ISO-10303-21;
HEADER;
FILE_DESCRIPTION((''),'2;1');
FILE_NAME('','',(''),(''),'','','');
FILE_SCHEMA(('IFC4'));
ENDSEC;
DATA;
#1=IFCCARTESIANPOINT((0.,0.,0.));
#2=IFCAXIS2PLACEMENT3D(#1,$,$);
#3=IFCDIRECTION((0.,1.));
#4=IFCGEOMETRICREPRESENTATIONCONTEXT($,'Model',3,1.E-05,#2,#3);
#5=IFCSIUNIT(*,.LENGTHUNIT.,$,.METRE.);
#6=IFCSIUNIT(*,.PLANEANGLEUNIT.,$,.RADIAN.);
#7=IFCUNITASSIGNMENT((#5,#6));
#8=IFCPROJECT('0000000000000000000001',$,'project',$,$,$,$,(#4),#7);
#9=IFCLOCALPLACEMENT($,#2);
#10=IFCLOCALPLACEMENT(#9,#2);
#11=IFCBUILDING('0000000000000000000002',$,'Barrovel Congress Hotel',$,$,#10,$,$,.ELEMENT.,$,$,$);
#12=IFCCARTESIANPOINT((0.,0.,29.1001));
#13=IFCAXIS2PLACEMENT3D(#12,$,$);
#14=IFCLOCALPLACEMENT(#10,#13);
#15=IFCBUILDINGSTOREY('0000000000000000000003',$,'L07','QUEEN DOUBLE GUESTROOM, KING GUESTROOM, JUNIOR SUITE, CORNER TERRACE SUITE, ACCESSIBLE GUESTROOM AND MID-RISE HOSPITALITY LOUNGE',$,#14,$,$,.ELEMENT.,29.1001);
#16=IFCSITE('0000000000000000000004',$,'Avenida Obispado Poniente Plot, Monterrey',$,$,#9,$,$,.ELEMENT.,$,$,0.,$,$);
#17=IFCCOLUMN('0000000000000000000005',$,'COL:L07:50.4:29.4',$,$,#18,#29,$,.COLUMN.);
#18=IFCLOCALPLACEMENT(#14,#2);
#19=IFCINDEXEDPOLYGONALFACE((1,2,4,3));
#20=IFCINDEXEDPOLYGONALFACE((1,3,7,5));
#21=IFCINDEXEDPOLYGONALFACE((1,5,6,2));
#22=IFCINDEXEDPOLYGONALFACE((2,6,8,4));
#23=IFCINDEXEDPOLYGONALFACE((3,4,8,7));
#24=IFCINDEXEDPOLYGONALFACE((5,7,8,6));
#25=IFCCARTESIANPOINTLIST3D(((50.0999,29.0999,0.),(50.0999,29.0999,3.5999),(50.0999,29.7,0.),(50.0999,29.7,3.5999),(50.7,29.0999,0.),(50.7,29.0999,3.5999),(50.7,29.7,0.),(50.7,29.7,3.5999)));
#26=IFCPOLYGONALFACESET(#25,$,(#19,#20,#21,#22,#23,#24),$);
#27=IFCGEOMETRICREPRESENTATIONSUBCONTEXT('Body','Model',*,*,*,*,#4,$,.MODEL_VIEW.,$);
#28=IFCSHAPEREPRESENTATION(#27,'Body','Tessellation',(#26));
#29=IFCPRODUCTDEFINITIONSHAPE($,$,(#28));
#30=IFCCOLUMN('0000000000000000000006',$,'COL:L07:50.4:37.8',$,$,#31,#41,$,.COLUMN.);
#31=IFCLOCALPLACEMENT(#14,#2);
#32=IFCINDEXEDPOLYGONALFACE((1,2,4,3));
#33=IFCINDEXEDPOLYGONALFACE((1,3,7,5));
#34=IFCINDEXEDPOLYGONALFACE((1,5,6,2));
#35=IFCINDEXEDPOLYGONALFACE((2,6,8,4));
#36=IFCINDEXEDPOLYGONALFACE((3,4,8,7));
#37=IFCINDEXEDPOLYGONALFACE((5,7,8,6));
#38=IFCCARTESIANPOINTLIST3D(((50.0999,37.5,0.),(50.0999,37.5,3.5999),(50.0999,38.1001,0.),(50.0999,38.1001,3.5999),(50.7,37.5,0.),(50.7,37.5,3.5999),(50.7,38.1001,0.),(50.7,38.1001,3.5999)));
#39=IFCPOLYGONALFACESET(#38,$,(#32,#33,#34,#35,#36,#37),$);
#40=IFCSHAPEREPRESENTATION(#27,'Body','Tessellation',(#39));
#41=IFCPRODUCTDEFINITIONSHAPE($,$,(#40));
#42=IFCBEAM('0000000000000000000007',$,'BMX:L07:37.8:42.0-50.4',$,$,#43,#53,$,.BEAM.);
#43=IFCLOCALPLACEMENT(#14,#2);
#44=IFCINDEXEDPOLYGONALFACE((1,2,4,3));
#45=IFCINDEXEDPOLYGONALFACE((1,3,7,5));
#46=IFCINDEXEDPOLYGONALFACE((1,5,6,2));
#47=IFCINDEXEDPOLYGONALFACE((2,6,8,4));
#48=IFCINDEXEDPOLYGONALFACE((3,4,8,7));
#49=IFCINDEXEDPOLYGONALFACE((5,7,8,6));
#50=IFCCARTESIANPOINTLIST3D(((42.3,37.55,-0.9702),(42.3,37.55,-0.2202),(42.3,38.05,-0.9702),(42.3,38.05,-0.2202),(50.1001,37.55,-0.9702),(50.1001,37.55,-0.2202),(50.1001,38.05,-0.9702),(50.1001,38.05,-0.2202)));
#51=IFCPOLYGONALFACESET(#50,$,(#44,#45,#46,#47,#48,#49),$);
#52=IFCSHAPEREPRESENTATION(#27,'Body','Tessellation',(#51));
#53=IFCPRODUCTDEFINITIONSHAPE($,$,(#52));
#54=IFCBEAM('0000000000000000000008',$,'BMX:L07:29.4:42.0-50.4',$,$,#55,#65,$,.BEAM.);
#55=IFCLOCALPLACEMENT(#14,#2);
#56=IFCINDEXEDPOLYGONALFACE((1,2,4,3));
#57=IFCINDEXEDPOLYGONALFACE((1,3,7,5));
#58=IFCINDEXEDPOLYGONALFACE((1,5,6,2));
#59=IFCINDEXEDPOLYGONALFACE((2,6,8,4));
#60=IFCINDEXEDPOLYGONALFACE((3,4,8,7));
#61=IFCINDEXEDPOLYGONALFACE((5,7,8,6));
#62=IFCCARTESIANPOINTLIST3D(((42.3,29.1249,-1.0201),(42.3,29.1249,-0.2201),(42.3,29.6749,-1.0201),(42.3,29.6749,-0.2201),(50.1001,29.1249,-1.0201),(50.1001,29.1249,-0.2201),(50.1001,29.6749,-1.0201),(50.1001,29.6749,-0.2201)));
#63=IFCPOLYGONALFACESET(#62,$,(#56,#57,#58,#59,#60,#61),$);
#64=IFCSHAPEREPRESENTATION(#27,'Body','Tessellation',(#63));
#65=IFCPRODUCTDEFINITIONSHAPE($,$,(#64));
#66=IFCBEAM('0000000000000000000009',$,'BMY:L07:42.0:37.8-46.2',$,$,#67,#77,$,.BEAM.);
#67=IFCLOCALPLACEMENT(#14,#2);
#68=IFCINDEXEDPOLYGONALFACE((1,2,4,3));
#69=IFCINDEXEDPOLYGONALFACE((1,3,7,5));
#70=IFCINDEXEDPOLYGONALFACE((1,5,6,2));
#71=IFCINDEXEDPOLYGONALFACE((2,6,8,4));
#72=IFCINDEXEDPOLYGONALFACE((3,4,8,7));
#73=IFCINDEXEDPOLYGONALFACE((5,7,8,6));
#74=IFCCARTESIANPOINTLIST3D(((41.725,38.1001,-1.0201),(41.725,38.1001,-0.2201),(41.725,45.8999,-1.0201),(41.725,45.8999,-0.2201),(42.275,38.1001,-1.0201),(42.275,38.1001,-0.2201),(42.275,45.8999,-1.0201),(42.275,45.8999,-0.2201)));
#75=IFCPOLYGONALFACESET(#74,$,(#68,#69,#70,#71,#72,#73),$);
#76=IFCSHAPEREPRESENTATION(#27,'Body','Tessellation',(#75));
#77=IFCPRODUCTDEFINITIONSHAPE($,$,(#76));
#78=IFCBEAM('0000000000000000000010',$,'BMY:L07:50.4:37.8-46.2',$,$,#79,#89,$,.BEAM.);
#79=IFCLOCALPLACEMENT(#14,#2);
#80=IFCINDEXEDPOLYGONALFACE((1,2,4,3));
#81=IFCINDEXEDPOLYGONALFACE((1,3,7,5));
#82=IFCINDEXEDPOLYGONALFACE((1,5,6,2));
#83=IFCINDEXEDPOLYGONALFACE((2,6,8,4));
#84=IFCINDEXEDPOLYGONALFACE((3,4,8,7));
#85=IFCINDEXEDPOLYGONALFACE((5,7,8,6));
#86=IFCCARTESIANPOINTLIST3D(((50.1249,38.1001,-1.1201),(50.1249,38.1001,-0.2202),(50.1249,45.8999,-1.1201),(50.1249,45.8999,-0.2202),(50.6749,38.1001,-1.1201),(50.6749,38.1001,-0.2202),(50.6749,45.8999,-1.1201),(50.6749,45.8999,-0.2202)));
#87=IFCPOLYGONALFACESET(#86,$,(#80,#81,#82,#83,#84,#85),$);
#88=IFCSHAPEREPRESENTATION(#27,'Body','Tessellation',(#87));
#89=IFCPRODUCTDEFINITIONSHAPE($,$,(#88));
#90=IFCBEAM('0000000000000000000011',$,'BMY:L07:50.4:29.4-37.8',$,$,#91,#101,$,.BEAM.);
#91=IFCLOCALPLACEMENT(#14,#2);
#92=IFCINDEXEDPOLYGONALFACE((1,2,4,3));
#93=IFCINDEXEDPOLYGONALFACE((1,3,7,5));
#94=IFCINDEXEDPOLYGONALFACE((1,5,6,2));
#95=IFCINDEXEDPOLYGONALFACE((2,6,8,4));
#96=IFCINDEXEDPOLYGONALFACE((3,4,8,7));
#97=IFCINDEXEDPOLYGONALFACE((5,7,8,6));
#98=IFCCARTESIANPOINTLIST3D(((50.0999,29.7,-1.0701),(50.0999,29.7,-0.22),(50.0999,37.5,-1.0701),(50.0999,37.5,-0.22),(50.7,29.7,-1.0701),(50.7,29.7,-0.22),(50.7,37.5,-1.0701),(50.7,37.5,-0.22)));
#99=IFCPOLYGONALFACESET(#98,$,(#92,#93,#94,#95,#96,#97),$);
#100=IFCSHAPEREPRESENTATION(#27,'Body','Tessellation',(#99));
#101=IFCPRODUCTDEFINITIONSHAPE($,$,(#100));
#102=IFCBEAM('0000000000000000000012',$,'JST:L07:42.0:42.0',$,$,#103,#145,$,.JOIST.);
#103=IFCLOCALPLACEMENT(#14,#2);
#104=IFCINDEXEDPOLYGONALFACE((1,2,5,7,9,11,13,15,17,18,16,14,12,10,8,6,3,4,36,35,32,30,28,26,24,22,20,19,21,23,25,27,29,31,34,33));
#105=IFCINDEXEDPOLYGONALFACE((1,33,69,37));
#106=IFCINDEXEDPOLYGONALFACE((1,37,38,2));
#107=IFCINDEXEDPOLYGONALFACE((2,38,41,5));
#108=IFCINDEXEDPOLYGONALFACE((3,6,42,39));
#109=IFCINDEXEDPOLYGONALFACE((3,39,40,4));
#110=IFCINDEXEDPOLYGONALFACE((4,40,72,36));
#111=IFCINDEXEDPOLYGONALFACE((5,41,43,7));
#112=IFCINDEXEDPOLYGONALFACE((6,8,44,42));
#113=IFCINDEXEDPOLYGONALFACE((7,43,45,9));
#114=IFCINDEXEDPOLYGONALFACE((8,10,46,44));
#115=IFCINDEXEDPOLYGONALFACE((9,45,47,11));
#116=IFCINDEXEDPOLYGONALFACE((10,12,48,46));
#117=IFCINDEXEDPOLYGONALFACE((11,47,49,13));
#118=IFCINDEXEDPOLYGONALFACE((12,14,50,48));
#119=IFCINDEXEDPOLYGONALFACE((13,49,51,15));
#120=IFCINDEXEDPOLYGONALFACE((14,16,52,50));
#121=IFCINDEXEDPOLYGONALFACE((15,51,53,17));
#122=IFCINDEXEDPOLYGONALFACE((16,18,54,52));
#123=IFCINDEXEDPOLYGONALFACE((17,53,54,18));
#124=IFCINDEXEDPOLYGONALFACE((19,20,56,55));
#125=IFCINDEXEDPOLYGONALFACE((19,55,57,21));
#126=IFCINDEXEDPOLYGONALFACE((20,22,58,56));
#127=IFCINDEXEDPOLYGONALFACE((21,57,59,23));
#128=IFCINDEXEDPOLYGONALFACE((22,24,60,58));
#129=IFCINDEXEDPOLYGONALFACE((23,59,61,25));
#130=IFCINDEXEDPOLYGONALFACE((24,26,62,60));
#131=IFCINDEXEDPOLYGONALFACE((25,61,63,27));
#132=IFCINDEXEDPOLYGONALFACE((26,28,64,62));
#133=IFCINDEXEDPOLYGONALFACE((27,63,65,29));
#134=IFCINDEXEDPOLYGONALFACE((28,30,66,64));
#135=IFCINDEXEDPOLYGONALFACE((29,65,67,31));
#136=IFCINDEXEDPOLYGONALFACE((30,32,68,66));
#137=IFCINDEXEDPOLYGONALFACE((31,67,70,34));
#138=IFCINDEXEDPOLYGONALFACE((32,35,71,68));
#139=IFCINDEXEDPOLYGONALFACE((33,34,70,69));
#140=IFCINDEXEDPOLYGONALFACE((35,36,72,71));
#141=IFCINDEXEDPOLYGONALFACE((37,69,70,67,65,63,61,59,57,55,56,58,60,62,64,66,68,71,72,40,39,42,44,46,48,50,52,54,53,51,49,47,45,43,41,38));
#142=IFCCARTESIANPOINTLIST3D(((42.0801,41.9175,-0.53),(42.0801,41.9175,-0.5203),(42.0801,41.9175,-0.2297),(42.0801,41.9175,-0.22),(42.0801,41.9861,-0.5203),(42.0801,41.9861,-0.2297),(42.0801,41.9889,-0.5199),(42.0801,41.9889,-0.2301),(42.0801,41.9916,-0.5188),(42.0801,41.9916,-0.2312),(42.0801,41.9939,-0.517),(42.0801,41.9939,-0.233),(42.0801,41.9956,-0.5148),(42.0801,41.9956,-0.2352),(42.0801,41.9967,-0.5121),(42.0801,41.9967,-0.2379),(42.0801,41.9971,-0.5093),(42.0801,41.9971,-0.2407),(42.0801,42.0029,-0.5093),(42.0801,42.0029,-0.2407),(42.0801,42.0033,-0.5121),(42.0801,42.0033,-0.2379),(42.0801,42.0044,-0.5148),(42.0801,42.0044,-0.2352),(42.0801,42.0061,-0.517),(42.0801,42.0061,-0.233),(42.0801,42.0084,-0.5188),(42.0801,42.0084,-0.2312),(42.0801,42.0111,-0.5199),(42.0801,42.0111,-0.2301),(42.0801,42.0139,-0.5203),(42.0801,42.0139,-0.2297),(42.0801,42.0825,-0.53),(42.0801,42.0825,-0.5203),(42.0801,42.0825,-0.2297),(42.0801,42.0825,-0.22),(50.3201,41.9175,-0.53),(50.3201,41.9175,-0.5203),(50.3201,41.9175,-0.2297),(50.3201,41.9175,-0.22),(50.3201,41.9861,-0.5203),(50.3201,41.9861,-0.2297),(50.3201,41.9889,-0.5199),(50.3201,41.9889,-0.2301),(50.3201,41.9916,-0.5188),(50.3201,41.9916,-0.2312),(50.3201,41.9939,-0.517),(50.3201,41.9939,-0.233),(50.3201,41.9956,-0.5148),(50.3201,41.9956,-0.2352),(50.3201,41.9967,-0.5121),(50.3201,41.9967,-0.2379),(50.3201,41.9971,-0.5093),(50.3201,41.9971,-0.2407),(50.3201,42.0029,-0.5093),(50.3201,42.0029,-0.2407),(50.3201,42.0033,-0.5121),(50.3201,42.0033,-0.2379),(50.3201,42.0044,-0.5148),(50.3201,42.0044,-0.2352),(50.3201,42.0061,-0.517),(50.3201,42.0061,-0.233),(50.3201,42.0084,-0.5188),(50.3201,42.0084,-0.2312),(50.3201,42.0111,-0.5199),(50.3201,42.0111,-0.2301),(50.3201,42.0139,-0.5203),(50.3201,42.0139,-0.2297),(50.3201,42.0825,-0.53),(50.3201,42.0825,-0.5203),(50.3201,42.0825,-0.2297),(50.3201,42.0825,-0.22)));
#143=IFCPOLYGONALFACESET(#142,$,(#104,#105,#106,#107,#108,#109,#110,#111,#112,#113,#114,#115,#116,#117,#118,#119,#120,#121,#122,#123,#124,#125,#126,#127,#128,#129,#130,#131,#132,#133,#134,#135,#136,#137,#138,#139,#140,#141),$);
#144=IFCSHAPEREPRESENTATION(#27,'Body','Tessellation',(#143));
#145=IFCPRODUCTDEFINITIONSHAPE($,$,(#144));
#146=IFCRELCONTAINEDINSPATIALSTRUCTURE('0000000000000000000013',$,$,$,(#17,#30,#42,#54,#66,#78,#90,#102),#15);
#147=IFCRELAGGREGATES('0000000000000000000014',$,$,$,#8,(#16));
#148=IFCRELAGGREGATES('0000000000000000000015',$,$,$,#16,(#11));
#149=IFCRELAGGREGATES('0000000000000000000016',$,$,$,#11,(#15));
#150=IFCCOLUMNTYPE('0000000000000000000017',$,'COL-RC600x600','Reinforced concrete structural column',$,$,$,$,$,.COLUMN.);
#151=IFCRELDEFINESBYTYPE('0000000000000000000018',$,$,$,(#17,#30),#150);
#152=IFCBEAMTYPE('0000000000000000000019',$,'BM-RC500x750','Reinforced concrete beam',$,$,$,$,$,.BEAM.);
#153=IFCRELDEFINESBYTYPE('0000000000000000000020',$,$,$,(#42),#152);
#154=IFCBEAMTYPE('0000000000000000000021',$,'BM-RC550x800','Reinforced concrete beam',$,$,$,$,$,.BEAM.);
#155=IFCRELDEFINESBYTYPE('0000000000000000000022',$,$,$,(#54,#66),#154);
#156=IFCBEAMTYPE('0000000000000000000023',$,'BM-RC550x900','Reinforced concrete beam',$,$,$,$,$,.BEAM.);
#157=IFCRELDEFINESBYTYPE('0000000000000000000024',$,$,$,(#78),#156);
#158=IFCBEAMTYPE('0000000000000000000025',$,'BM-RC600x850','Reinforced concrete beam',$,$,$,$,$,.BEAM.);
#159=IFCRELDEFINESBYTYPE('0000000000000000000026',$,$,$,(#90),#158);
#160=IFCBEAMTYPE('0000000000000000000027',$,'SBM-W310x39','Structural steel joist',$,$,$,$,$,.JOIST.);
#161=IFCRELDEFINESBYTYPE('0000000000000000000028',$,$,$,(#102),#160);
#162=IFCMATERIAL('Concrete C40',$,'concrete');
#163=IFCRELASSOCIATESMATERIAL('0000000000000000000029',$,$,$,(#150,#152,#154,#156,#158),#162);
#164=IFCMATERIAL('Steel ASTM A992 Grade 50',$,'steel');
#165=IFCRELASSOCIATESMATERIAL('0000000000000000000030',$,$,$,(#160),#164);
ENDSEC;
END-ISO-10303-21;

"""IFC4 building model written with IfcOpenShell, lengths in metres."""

from ifc_helpers import new_model, si_unit, direction, frame, origin, origin_2d, place, context, subcontext, project, spatial, rectangle, i_section, extrude, material, material_profile, profile_set, type_object, element, save


model = new_model("IFC4")

# Units and contexts
model_context = context("Model", 3, precision=1e-05, world=origin(), true_north=direction((0.0, 1.0)))
body_context = subcontext(model_context, "Body", "Model", "MODEL_VIEW")
ifc_project = project(units=[si_unit("LENGTHUNIT", "METRE"), si_unit("PLANEANGLEUNIT", "RADIAN")], contexts=[model_context])

# Site, building, storey
site_placement = place(None, origin())
site = spatial("IfcSite", under=ifc_project, at=site_placement, Name="Avenida Obispado Poniente Plot, Monterrey", CompositionType="ELEMENT", RefElevation=0.0)
building_placement = place(site_placement, origin())
building = spatial("IfcBuilding", under=site, at=building_placement, Name="Barrovel Congress Hotel", CompositionType="ELEMENT")
storey_placement = place(building_placement, frame((0.0, 0.0, 29.1001)))
storey = spatial("IfcBuildingStorey", under=building, at=storey_placement, Name="L07", Description="QUEEN DOUBLE GUESTROOM, KING GUESTROOM, JUNIOR SUITE, CORNER TERRACE SUITE, ACCESSIBLE GUESTROOM AND MID-RISE HOSPITALITY LOUNGE", CompositionType="ELEMENT", Elevation=29.1001)

# Columns
ifc_material_1 = material(Name="Concrete C40", Category="concrete")
ifc_material_profile_1 = material_profile(ifc_material_1, rectangle(XDim=0.6001, YDim=0.6001, at=origin_2d()), Name="RC600x600")
ifc_profile_set_1 = profile_set([ifc_material_profile_1], Name="Concrete C40")
column_type = type_object("IfcColumnType", Name="COL-RC600x600", Description="Reinforced concrete structural column", PredefinedType="COLUMN", material=ifc_profile_set_1)
for number, where, z_axis, x_axis, name in (
    (1, (50.3999, 29.3999, 0.0), (0.0, 0.0, 1.0), (1.0, 0.0, 0.0), "COL:L07:50.4:29.4"),
    (2, (50.3999, 37.8, 0.0), (0.0, 0.0, 1.0), (1.0, 0.0, 0.0), "COL:L07:50.4:37.8"),
):
    element("IfcColumn", number, at=place(storey_placement, frame(where, z_axis=z_axis, x_axis=x_axis)), inside=storey, type_object=column_type, Name=name, PredefinedType="COLUMN", context=body_context, shape_type="SweptSolid", body=[
        extrude(rectangle(XDim=0.6001, YDim=0.6001, at=origin_2d()), origin(), (0.0, 0.0, 1.0), 3.5999),
    ])

# Beams
ifc_material_profile_2 = material_profile(ifc_material_1, rectangle(XDim=0.5, YDim=0.75, at=origin_2d()), Name="RC500x750")
ifc_profile_set_2 = profile_set([ifc_material_profile_2], Name="Concrete C40")
beam_type_1 = type_object("IfcBeamType", Name="BM-RC500x750", Description="Reinforced concrete beam", PredefinedType="BEAM", material=ifc_profile_set_2)
beam_1_placement = place(storey_placement, frame((42.3, 37.8, -0.5952), z_axis=(1.0, 0.0, 0.0), x_axis=(0.0, 1.0, 0.0)))
element("IfcBeam", 3, at=beam_1_placement, inside=storey, type_object=beam_type_1, Name="BMX:L07:37.8:42.0-50.4", PredefinedType="BEAM", context=body_context, shape_type="SweptSolid", body=[
    extrude(rectangle(XDim=0.5, YDim=0.75, at=origin_2d()), origin(), (0.0, 0.0, 1.0), 7.8),
])
ifc_material_profile_3 = material_profile(ifc_material_1, rectangle(XDim=0.55, YDim=0.8, at=origin_2d()), Name="RC550x800")
ifc_profile_set_3 = profile_set([ifc_material_profile_3], Name="Concrete C40")
beam_type_2 = type_object("IfcBeamType", Name="BM-RC550x800", Description="Reinforced concrete beam", PredefinedType="BEAM", material=ifc_profile_set_3)
beam_2_placement = place(storey_placement, frame((42.3, 29.3999, -0.6201), z_axis=(1.0, 0.0, 0.0), x_axis=(0.0, 1.0, 0.0)))
element("IfcBeam", 4, at=beam_2_placement, inside=storey, type_object=beam_type_2, Name="BMX:L07:29.4:42.0-50.4", PredefinedType="BEAM", context=body_context, shape_type="SweptSolid", body=[
    extrude(rectangle(XDim=0.55, YDim=0.8, at=origin_2d()), origin(), (0.0, 0.0, 1.0), 7.8),
])
beam_3_placement = place(storey_placement, frame((42.0, 38.1001, -0.6201), z_axis=(0.0, 1.0, 0.0), x_axis=(-1.0, 0.0, 0.0)))
element("IfcBeam", 5, at=beam_3_placement, inside=storey, type_object=beam_type_2, Name="BMY:L07:42.0:37.8-46.2", PredefinedType="BEAM", context=body_context, shape_type="SweptSolid", body=[
    extrude(rectangle(XDim=0.55, YDim=0.8, at=origin_2d()), origin(), (0.0, 0.0, 1.0), 7.7998),
])
ifc_material_profile_4 = material_profile(ifc_material_1, rectangle(XDim=0.55, YDim=0.8999, at=origin_2d()), Name="RC550x900")
ifc_profile_set_4 = profile_set([ifc_material_profile_4], Name="Concrete C40")
beam_type_3 = type_object("IfcBeamType", Name="BM-RC550x900", Description="Reinforced concrete beam", PredefinedType="BEAM", material=ifc_profile_set_4)
beam_4_placement = place(storey_placement, frame((50.3999, 38.1001, -0.6702), z_axis=(0.0, 1.0, 0.0), x_axis=(-1.0, 0.0, 0.0)))
element("IfcBeam", 6, at=beam_4_placement, inside=storey, type_object=beam_type_3, Name="BMY:L07:50.4:37.8-46.2", PredefinedType="BEAM", context=body_context, shape_type="SweptSolid", body=[
    extrude(rectangle(XDim=0.55, YDim=0.8999, at=origin_2d()), origin(), (0.0, 0.0, 1.0), 7.7998),
])
ifc_material_profile_5 = material_profile(ifc_material_1, rectangle(XDim=0.6001, YDim=0.8501, at=origin_2d()), Name="RC600x850")
ifc_profile_set_5 = profile_set([ifc_material_profile_5], Name="Concrete C40")
beam_type_4 = type_object("IfcBeamType", Name="BM-RC600x850", Description="Reinforced concrete beam", PredefinedType="BEAM", material=ifc_profile_set_5)
beam_5_placement = place(storey_placement, frame((50.3999, 29.7, -0.645), z_axis=(0.0, 1.0, 0.0), x_axis=(-1.0, 0.0, 0.0)))
element("IfcBeam", 7, at=beam_5_placement, inside=storey, type_object=beam_type_4, Name="BMY:L07:50.4:29.4-37.8", PredefinedType="BEAM", context=body_context, shape_type="SweptSolid", body=[
    extrude(rectangle(XDim=0.6001, YDim=0.8501, at=origin_2d()), origin(), (0.0, 0.0, 1.0), 7.8),
])
ifc_material_2 = material(Name="Steel ASTM A992 Grade 50", Category="steel")
ifc_material_profile_6 = material_profile(ifc_material_2, i_section(OverallWidth=0.165, OverallDepth=0.3101, WebThickness=0.0059, FlangeThickness=0.0098, FilletRadius=0.011, at=origin_2d()), Name="W310x39")
ifc_profile_set_6 = profile_set([ifc_material_profile_6], Name="Steel ASTM A992 Grade 50")
beam_type_5 = type_object("IfcBeamType", Name="SBM-W310x39", Description="Structural steel joist", PredefinedType="JOIST", material=ifc_profile_set_6)
beam_6_placement = place(storey_placement, frame((42.0801, 42.0, -0.375), z_axis=(1.0, 0.0, 0.0), x_axis=(0.0, 1.0, 0.0)))
element("IfcBeam", 8, at=beam_6_placement, inside=storey, type_object=beam_type_5, Name="JST:L07:42.0:42.0", PredefinedType="JOIST", context=body_context, shape_type="SweptSolid", body=[
    extrude(i_section(OverallWidth=0.165, OverallDepth=0.3101, WebThickness=0.0059, FlangeThickness=0.0098, FilletRadius=0.011, at=origin_2d()), origin(), (0.0, 0.0, 1.0), 8.24),
])

save(model, "model.ifc")
